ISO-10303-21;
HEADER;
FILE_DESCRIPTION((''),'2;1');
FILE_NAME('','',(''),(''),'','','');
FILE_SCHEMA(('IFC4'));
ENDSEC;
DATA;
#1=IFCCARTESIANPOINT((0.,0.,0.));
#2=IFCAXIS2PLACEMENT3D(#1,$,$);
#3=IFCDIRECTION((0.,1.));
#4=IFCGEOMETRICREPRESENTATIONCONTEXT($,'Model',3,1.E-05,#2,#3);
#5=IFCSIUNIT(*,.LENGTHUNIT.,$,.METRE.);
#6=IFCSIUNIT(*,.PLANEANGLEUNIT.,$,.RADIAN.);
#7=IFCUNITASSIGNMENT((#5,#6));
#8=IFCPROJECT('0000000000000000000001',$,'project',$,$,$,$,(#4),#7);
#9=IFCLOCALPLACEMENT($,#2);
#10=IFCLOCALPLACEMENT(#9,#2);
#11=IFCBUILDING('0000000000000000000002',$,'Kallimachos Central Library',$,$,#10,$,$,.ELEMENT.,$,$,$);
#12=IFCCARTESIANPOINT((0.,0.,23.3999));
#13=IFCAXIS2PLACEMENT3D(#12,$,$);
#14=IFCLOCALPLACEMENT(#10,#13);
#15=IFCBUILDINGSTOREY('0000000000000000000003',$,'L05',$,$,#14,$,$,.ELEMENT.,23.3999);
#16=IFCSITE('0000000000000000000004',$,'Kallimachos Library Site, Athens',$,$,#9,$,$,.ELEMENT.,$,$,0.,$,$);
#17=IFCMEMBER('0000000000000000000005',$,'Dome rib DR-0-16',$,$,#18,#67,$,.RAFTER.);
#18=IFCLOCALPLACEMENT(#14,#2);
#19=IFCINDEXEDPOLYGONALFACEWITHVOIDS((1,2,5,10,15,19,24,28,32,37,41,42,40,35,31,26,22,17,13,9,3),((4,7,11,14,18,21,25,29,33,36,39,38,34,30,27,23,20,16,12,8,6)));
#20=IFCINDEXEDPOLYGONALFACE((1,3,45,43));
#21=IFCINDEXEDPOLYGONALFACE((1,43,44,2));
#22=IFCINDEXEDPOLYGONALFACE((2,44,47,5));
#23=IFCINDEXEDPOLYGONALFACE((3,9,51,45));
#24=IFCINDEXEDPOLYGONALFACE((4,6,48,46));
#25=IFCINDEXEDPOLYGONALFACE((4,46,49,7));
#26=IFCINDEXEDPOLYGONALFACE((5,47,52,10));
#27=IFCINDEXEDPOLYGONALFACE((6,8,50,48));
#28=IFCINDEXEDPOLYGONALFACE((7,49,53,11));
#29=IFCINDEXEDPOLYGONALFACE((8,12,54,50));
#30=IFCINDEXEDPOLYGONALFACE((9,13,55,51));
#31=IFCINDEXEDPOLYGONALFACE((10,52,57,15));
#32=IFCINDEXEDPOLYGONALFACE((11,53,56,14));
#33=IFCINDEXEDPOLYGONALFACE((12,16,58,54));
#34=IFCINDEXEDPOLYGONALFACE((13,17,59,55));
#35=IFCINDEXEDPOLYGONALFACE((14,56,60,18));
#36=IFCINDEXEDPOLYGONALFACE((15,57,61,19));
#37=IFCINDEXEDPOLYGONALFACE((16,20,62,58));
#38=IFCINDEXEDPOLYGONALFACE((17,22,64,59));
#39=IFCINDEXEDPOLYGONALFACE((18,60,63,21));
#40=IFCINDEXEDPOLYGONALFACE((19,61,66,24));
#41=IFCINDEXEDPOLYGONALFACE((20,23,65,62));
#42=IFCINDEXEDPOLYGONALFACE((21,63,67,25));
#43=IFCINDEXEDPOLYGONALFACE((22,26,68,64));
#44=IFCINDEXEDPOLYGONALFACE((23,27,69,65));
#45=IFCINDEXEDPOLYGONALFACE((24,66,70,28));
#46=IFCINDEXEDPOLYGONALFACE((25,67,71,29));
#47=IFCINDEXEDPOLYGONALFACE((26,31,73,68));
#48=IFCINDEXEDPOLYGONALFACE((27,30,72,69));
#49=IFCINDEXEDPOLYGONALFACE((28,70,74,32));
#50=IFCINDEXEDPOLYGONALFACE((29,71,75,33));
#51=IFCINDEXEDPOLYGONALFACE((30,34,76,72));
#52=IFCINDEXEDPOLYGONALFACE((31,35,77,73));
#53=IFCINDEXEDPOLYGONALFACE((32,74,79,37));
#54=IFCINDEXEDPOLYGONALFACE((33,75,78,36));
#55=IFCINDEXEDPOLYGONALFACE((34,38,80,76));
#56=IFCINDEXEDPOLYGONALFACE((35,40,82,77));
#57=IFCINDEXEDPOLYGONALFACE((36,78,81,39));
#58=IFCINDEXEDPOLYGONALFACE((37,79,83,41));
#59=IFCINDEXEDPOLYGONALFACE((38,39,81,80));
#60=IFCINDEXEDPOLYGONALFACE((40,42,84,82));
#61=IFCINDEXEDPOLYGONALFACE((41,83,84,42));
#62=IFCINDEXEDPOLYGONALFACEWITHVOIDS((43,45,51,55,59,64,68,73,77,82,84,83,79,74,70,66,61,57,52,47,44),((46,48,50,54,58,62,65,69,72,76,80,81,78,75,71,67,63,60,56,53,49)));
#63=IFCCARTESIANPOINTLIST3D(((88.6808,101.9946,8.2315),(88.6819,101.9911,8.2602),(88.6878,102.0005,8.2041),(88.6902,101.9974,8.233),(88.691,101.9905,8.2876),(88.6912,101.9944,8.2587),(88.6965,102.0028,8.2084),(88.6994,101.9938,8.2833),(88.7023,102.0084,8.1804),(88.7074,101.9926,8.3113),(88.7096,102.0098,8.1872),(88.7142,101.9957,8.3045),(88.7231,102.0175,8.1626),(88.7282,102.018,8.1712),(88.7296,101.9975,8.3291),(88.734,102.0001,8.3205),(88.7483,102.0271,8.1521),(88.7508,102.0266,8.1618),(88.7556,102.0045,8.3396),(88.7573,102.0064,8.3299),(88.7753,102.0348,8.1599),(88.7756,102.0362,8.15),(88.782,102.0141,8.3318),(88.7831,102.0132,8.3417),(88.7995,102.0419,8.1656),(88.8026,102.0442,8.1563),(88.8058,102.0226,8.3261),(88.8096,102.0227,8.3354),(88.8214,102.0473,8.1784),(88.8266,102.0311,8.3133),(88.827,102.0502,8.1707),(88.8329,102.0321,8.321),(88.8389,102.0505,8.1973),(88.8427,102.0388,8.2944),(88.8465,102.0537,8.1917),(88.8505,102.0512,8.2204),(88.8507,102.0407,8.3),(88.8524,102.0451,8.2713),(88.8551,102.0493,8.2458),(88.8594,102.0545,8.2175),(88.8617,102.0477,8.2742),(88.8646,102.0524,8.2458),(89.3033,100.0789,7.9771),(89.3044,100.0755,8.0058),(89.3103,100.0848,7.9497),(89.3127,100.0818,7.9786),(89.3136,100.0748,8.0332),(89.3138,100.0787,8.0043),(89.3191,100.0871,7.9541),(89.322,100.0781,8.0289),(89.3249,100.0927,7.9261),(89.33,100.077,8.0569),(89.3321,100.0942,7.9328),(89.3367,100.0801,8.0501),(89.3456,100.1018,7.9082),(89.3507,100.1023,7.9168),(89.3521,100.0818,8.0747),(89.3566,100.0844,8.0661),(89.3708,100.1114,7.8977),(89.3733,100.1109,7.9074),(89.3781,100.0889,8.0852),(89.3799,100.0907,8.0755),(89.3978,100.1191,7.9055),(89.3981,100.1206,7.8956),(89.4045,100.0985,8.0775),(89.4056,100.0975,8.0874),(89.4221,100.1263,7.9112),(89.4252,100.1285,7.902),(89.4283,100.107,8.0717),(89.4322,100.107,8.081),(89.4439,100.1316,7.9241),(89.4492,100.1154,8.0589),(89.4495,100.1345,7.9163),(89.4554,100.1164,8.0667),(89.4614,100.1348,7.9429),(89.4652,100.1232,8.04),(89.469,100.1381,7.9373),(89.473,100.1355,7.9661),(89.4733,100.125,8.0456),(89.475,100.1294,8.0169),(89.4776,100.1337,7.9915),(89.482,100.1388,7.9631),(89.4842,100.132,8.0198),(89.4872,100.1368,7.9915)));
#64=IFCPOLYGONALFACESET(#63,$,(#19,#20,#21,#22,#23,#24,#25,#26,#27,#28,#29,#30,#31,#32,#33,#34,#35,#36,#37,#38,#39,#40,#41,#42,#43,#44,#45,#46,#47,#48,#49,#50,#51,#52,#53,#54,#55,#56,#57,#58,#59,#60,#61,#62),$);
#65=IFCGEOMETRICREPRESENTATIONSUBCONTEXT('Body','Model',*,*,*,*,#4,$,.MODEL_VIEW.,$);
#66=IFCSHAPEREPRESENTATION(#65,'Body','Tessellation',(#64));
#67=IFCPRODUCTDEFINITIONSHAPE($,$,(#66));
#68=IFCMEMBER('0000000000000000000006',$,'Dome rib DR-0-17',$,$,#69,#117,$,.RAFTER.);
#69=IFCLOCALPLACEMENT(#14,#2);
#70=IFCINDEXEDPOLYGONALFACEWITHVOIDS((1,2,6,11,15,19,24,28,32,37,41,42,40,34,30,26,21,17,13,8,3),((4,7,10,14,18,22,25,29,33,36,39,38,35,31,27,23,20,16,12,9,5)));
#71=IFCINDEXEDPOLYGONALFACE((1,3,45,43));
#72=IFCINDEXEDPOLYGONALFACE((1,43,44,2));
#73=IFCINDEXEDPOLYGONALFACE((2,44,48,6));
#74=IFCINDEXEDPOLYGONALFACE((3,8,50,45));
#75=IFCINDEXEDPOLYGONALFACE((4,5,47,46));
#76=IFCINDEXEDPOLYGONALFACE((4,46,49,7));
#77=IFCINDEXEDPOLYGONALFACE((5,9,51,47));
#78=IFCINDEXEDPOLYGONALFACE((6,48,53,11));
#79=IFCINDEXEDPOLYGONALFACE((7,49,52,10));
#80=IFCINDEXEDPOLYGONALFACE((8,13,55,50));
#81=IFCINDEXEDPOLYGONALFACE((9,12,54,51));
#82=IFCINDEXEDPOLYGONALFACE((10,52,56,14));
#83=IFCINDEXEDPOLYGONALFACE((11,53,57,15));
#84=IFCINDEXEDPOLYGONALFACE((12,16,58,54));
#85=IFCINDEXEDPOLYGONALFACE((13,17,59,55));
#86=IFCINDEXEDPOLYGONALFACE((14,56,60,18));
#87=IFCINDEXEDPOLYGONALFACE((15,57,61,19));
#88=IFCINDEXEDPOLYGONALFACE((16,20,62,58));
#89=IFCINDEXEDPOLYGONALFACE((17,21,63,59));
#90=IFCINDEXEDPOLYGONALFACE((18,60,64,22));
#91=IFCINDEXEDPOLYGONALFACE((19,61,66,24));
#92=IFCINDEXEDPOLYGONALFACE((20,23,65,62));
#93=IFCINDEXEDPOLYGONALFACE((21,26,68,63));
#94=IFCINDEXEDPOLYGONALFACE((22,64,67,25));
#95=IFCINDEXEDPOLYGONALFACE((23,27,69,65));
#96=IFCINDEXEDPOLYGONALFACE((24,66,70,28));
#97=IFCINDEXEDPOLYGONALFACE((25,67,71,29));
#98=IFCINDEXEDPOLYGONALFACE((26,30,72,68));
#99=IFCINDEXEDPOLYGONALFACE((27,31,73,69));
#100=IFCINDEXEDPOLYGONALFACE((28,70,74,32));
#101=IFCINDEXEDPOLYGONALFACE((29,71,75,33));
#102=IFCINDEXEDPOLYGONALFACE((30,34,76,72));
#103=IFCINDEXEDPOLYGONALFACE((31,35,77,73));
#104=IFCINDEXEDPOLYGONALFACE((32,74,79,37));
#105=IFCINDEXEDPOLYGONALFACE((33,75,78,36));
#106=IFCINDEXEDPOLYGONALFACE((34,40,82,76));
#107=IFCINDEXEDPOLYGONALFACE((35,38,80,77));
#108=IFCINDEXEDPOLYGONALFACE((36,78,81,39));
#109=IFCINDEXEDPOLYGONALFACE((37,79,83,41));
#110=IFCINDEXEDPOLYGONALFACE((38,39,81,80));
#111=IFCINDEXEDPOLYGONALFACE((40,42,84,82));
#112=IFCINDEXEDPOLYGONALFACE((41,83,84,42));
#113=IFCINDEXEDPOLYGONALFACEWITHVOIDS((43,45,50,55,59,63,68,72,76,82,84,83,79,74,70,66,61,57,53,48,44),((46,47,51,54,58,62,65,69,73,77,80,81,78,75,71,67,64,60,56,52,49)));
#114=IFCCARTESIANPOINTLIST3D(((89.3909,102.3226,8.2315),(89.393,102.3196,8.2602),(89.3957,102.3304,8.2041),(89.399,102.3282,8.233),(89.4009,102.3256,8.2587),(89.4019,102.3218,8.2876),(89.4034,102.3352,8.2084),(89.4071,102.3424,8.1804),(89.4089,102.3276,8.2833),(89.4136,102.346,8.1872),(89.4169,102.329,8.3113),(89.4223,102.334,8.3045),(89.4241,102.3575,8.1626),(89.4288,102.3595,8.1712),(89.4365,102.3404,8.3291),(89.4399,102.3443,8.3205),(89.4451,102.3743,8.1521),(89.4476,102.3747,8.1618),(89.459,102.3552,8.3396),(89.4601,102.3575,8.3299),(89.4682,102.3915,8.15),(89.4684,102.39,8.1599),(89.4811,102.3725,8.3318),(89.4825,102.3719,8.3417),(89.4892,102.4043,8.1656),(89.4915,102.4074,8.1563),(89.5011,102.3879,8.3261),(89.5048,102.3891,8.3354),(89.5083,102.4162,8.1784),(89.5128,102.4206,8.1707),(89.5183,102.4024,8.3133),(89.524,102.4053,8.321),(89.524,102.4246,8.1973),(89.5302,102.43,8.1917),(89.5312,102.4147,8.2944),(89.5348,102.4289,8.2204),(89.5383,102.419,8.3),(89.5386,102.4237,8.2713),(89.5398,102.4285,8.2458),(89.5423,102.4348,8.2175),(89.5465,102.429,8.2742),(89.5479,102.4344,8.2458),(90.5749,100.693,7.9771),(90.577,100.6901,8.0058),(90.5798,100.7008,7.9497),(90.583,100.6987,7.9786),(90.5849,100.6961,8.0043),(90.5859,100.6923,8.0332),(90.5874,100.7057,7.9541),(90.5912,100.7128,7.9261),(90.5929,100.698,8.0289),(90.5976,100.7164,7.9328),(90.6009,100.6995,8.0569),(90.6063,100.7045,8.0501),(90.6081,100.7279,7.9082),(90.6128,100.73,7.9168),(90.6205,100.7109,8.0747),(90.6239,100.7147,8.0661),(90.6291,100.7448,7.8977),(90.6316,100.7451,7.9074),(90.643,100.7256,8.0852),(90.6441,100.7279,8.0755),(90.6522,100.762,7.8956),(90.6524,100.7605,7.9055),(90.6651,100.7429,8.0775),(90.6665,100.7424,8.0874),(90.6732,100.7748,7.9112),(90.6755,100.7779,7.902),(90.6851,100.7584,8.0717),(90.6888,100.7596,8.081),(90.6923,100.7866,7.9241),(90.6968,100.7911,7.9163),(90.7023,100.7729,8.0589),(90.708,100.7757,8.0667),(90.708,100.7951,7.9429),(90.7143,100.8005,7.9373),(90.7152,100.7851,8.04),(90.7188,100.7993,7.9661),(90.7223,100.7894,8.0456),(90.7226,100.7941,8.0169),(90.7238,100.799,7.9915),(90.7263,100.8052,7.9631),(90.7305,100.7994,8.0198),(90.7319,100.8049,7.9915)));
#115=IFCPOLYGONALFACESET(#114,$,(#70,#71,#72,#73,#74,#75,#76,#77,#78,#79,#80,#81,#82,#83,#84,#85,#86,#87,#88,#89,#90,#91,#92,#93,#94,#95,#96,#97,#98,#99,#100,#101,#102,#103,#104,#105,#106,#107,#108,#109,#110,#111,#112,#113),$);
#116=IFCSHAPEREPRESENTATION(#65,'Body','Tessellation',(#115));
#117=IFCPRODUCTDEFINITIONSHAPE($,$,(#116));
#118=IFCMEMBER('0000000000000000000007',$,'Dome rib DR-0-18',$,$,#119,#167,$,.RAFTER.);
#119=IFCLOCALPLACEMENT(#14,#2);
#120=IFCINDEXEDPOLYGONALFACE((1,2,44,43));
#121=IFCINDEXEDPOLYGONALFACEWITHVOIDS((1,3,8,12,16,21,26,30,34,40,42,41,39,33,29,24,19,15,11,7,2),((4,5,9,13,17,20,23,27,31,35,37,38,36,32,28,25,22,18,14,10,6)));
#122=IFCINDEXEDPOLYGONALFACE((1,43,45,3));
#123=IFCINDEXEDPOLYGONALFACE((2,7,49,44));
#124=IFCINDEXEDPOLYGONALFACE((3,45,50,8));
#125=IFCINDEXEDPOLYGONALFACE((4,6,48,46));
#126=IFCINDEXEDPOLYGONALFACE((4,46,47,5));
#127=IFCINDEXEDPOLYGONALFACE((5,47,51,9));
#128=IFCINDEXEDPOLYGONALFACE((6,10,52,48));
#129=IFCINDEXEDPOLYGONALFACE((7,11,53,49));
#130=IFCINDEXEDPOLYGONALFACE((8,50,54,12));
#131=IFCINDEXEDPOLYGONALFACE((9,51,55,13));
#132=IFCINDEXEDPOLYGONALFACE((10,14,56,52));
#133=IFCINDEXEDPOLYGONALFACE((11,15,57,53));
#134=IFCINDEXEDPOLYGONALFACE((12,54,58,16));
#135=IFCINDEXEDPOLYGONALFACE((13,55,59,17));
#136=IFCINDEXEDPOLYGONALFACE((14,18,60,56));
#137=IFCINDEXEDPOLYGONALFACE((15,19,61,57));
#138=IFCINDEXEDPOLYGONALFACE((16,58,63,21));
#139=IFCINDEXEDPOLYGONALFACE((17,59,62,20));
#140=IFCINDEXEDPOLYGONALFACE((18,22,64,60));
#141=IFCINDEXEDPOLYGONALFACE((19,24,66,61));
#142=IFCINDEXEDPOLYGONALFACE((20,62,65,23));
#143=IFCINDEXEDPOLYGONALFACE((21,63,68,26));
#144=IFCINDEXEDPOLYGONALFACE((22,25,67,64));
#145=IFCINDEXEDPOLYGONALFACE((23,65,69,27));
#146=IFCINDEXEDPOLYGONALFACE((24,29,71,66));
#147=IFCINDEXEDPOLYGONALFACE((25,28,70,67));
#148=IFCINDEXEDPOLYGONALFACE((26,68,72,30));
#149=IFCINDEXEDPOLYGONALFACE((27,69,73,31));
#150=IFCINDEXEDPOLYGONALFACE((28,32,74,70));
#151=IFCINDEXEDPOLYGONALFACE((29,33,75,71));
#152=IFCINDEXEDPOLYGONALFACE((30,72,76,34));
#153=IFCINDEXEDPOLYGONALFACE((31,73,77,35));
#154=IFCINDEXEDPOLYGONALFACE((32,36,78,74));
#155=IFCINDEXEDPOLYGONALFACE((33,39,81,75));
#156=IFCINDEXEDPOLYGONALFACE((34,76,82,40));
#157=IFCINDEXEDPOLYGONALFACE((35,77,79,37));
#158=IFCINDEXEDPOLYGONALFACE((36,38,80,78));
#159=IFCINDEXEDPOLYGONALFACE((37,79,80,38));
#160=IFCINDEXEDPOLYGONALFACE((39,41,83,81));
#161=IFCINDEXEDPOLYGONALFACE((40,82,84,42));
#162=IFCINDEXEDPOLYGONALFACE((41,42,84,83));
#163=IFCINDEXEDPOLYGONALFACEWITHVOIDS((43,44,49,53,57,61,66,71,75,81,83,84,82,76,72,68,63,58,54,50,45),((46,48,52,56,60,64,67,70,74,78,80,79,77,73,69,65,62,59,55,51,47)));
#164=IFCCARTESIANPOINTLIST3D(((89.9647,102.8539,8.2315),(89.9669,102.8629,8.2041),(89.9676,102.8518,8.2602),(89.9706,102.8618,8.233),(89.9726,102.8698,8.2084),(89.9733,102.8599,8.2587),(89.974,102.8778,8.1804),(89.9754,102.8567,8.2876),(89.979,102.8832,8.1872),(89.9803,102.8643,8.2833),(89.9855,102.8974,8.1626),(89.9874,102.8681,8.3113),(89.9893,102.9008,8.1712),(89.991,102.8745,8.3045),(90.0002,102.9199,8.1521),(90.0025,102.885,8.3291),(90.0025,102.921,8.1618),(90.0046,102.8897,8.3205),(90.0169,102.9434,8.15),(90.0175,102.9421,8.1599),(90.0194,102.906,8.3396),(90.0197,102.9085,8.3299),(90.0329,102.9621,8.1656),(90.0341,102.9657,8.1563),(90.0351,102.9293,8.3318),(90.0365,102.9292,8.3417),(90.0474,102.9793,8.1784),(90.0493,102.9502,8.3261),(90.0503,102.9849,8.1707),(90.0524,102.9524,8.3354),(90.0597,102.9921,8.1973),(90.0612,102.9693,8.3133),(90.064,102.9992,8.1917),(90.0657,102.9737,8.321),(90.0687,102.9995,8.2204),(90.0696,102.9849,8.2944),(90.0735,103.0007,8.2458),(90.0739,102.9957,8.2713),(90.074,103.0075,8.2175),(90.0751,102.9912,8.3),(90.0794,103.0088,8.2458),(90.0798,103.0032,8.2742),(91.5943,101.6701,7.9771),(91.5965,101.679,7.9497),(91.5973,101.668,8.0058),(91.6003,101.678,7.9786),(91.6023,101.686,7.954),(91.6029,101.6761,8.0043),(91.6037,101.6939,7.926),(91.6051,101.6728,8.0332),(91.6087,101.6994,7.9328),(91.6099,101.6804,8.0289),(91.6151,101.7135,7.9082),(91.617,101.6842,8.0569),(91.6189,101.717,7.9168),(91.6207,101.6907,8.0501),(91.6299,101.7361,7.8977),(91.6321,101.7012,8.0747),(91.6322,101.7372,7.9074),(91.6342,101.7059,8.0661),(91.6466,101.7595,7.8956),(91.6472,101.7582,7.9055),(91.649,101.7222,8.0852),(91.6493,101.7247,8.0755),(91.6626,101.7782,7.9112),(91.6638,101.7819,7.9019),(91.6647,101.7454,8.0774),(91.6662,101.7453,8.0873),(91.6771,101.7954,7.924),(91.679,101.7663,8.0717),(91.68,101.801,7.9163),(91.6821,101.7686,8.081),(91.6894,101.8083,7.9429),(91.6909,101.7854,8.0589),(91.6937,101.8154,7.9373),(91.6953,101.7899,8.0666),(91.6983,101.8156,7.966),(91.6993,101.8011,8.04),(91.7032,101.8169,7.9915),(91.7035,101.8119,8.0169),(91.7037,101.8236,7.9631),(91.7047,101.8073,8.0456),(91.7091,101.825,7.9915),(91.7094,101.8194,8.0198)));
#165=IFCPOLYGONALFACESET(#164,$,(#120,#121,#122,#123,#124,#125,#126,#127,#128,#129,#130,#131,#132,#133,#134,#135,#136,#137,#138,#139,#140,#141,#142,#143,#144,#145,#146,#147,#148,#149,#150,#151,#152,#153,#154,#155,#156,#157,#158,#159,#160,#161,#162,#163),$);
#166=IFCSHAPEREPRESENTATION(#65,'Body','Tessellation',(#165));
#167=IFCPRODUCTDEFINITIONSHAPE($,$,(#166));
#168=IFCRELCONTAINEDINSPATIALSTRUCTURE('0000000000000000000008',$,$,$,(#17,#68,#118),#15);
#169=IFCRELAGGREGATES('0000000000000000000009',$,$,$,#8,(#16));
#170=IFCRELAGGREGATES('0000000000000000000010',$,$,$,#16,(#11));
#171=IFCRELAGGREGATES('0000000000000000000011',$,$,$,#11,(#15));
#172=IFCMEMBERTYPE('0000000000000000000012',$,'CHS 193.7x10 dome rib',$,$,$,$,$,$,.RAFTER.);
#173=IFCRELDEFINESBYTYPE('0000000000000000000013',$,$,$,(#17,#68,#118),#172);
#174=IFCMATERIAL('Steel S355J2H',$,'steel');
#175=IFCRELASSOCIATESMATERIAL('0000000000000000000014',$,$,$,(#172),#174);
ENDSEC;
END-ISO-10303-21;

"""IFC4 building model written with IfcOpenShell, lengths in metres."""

from ifc_helpers import new_model, si_unit, direction, frame, origin, origin_2d, place, context, subcontext, project, spatial, hollow_circle, extrude, material, material_profile, profile_set, type_object, element, save


model = new_model("IFC4")

# Units and contexts
model_context = context("Model", 3, precision=1e-05, world=origin(), true_north=direction((0.0, 1.0)))
body_context = subcontext(model_context, "Body", "Model", "MODEL_VIEW")
ifc_project = project(units=[si_unit("LENGTHUNIT", "METRE"), si_unit("PLANEANGLEUNIT", "RADIAN")], contexts=[model_context])

# Site, building, storey
site_placement = place(None, origin())
site = spatial("IfcSite", under=ifc_project, at=site_placement, Name="Kallimachos Library Site, Athens", CompositionType="ELEMENT", RefElevation=0.0)
building_placement = place(site_placement, origin())
building = spatial("IfcBuilding", under=site, at=building_placement, Name="Kallimachos Central Library", CompositionType="ELEMENT")
storey_placement = place(building_placement, frame((0.0, 0.0, 23.3999)))
storey = spatial("IfcBuildingStorey", under=building, at=storey_placement, Name="L05", CompositionType="ELEMENT", Elevation=23.3999)

# Members
ifc_material_1 = material(Name="Steel S355J2H", Category="steel")
ifc_material_profile_1 = material_profile(ifc_material_1, hollow_circle(Radius=0.0969, WallThickness=0.01, at=origin_2d()), Name="CHS 193.7x10")
ifc_profile_set_1 = profile_set([ifc_material_profile_1], Name="Steel S355J2H")
member_type_1 = type_object("IfcMemberType", Name="CHS 193.7x10 dome rib", PredefinedType="RAFTER", material=ifc_profile_set_1)
for number, where, z_axis, x_axis, name in (
    (1, (88.7725, 102.0225, 8.2458), (0.30662, -0.943549, -0.125294), (0.951044, 0.309056, 0.0), "Dome rib DR-0-16"),
    (2, (89.4695, 102.3774, 8.2458), (0.583179, -0.802623, -0.125293), (0.808998, 0.587811, 0.0), "Dome rib DR-0-17"),
    (3, (90.0225, 102.9304, 8.2458), (0.802679, -0.5831, -0.125302), (0.587732, 0.809056, 0.0), "Dome rib DR-0-18"),
):
    element("IfcMember", number, at=place(storey_placement, frame(where, z_axis=z_axis, x_axis=x_axis)), inside=storey, type_object=member_type_1, Name=name, PredefinedType="RAFTER", context=body_context, shape_type="SweptSolid", body=[
        extrude(hollow_circle(Radius=0.0969, WallThickness=0.01, at=origin_2d()), origin(), (0.0, 0.0, 1.0), 2.0303),
    ])

save(model, "model.ifc")
